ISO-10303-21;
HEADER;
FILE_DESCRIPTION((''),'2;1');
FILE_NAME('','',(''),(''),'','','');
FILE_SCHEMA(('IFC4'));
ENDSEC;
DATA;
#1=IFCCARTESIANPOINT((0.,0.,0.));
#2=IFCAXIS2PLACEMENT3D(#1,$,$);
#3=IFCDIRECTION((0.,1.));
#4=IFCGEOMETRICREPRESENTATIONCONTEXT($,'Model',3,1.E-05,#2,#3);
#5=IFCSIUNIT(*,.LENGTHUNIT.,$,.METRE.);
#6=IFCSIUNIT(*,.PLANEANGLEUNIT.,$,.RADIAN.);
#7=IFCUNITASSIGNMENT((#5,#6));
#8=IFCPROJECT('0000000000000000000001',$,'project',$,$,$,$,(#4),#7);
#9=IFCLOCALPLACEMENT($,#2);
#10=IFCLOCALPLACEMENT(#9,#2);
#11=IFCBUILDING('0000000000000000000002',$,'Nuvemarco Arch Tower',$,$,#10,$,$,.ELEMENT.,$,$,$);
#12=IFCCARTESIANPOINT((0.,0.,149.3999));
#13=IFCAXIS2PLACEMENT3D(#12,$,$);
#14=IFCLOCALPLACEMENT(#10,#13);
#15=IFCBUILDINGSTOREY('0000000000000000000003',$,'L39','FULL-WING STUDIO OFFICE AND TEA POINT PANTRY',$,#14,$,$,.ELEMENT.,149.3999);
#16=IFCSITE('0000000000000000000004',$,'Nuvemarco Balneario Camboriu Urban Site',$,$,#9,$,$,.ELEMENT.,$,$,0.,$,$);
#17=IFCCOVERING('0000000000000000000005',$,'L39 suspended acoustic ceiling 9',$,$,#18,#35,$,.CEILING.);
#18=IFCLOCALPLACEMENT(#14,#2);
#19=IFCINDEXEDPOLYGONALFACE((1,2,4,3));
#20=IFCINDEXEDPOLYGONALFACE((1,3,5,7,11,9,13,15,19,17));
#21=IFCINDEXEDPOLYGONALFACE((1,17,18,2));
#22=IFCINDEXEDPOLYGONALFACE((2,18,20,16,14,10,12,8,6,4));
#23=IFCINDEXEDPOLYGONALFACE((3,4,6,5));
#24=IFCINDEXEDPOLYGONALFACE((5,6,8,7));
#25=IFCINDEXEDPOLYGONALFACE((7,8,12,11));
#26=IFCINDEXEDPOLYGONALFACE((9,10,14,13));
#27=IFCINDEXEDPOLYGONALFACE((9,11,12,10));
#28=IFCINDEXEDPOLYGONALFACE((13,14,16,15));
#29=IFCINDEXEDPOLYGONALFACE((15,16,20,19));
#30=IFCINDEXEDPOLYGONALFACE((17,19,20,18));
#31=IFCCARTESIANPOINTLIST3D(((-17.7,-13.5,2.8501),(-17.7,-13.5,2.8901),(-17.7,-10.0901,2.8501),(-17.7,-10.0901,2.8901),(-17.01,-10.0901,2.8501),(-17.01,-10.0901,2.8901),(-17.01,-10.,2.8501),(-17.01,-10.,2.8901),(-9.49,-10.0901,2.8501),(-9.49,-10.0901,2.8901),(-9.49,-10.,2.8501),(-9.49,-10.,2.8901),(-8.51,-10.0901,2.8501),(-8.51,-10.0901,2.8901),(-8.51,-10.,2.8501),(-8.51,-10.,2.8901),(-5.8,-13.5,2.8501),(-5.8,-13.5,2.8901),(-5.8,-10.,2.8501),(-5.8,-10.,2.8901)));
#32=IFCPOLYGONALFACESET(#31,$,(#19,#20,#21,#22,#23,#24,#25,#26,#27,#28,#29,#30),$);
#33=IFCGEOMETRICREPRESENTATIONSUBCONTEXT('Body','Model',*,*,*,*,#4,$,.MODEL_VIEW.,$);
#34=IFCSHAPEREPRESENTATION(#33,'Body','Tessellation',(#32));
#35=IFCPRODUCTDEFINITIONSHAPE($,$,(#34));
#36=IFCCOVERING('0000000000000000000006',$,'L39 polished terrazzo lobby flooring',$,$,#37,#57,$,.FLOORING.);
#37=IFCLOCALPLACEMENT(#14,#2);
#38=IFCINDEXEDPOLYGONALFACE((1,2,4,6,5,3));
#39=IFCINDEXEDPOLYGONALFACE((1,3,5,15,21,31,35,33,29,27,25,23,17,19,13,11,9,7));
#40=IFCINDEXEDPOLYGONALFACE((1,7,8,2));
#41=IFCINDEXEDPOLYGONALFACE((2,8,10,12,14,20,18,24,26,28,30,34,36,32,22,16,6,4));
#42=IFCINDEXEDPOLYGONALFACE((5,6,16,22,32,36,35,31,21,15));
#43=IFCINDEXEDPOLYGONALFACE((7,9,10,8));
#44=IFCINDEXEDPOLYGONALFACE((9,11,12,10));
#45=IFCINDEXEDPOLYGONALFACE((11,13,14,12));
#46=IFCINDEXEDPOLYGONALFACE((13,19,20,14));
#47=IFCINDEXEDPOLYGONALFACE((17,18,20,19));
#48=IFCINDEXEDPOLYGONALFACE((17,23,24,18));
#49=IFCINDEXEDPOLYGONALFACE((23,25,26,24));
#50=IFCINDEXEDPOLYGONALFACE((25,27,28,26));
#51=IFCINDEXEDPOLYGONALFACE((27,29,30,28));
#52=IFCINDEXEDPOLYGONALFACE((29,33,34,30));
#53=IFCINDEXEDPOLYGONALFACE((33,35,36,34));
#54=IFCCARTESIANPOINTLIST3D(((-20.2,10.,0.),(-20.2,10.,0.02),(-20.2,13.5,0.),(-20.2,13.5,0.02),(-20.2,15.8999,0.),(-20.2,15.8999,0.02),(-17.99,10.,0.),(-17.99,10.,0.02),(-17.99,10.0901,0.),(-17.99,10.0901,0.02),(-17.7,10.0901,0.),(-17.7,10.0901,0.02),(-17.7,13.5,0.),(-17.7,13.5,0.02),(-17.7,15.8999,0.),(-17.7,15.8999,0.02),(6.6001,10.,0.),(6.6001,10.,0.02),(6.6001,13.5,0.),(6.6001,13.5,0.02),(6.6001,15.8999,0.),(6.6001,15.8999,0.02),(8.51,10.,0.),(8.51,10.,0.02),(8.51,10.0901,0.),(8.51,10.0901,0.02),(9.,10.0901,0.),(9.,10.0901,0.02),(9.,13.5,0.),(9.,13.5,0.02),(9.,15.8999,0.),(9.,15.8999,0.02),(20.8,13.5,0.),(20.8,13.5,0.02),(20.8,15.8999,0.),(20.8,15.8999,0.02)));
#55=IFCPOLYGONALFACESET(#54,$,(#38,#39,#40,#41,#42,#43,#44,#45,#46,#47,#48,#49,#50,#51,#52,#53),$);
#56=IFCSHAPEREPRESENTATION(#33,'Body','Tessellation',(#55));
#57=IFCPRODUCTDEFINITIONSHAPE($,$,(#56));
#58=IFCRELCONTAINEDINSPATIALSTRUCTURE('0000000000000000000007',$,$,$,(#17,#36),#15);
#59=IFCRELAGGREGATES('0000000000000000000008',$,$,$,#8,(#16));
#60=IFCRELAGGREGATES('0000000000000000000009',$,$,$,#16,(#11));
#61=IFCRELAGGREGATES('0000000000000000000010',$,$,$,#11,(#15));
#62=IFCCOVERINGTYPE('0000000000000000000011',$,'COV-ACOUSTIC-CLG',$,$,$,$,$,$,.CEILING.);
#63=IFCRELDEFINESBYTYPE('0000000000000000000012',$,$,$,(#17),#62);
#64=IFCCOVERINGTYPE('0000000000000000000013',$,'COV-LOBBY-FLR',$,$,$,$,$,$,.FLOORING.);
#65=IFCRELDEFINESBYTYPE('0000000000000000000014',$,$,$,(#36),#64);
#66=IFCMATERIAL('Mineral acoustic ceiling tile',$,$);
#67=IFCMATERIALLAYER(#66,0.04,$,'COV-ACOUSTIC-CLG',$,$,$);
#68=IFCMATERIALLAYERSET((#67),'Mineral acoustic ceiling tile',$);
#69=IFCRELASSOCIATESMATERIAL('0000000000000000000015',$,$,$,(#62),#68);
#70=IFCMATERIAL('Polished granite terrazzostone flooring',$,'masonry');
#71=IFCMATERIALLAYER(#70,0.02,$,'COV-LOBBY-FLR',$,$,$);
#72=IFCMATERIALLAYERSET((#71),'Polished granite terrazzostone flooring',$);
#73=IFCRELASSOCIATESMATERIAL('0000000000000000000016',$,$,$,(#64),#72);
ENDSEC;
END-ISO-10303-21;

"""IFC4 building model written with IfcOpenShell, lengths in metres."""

from ifc_helpers import new_model, si_unit, direction, frame, origin, place, context, subcontext, project, spatial, polyline, outline, extrude, material, layer, layer_set, type_object, element, save


model = new_model("IFC4")

# Units and contexts
model_context = context("Model", 3, precision=1e-05, world=origin(), true_north=direction((0.0, 1.0)))
body_context = subcontext(model_context, "Body", "Model", "MODEL_VIEW")
ifc_project = project(units=[si_unit("LENGTHUNIT", "METRE"), si_unit("PLANEANGLEUNIT", "RADIAN")], contexts=[model_context])

# Site, building, storey
site_placement = place(None, origin())
site = spatial("IfcSite", under=ifc_project, at=site_placement, Name="Nuvemarco Balneario Camboriu Urban Site", CompositionType="ELEMENT", RefElevation=0.0)
building_placement = place(site_placement, origin())
building = spatial("IfcBuilding", under=site, at=building_placement, Name="Nuvemarco Arch Tower", CompositionType="ELEMENT")
storey_placement = place(building_placement, frame((0.0, 0.0, 149.3999)))
storey = spatial("IfcBuildingStorey", under=building, at=storey_placement, Name="L39", Description="FULL-WING STUDIO OFFICE AND TEA POINT PANTRY", CompositionType="ELEMENT", Elevation=149.3999)

# Coverings
ifc_material_1 = material(Name="Mineral acoustic ceiling tile")
ifc_layer_1 = layer(ifc_material_1, 0.04, Name="COV-ACOUSTIC-CLG")
ifc_layer_set_1 = layer_set([ifc_layer_1], Name="Mineral acoustic ceiling tile")
covering_type_1 = type_object("IfcCoveringType", Name="COV-ACOUSTIC-CLG", PredefinedType="CEILING", material=ifc_layer_set_1)
covering_1_placement = place(storey_placement, frame((0.0, 0.0, 2.8501)))
element("IfcCovering", 1, at=covering_1_placement, inside=storey, type_object=covering_type_1, Name="L39 suspended acoustic ceiling 9", PredefinedType="CEILING", context=body_context, shape_type="SweptSolid", body=[
    extrude(outline(polyline([(-9.49, -10.0901), (-8.51, -10.0901), (-8.51, -10.0), (-5.8, -10.0), (-5.8, -13.5), (-17.7, -13.5), (-17.7, -10.0901), (-17.01, -10.0901), (-17.01, -10.0), (-9.49, -10.0), (-9.49, -10.0901)])), origin(), (0.0, 0.0, 1.0), 0.04),
])
ifc_material_2 = material(Name="Polished granite terrazzostone flooring", Category="masonry")
ifc_layer_2 = layer(ifc_material_2, 0.02, Name="COV-LOBBY-FLR")
ifc_layer_set_2 = layer_set([ifc_layer_2], Name="Polished granite terrazzostone flooring")
covering_type_2 = type_object("IfcCoveringType", Name="COV-LOBBY-FLR", PredefinedType="FLOORING", material=ifc_layer_set_2)
covering_2_placement = place(storey_placement, origin())
element("IfcCovering", 2, at=covering_2_placement, inside=storey, type_object=covering_type_2, Name="L39 polished terrazzo lobby flooring", PredefinedType="FLOORING", context=body_context, shape_type="SweptSolid", body=[
    extrude(outline(polyline([(-20.2, 13.5), (-20.2, 15.8999), (-17.7, 15.8999), (6.6001, 15.8999), (9.0, 15.8999), (20.8, 15.8999), (20.8, 13.5), (9.0, 13.5), (9.0, 10.0901), (8.51, 10.0901), (8.51, 10.0), (6.6001, 10.0), (6.6001, 13.5), (-17.7, 13.5), (-17.7, 10.0901), (-17.99, 10.0901), (-17.99, 10.0), (-20.2, 10.0), (-20.2, 13.5)])), origin(), (0.0, 0.0, 1.0), 0.02),
])

save(model, "model.ifc")
